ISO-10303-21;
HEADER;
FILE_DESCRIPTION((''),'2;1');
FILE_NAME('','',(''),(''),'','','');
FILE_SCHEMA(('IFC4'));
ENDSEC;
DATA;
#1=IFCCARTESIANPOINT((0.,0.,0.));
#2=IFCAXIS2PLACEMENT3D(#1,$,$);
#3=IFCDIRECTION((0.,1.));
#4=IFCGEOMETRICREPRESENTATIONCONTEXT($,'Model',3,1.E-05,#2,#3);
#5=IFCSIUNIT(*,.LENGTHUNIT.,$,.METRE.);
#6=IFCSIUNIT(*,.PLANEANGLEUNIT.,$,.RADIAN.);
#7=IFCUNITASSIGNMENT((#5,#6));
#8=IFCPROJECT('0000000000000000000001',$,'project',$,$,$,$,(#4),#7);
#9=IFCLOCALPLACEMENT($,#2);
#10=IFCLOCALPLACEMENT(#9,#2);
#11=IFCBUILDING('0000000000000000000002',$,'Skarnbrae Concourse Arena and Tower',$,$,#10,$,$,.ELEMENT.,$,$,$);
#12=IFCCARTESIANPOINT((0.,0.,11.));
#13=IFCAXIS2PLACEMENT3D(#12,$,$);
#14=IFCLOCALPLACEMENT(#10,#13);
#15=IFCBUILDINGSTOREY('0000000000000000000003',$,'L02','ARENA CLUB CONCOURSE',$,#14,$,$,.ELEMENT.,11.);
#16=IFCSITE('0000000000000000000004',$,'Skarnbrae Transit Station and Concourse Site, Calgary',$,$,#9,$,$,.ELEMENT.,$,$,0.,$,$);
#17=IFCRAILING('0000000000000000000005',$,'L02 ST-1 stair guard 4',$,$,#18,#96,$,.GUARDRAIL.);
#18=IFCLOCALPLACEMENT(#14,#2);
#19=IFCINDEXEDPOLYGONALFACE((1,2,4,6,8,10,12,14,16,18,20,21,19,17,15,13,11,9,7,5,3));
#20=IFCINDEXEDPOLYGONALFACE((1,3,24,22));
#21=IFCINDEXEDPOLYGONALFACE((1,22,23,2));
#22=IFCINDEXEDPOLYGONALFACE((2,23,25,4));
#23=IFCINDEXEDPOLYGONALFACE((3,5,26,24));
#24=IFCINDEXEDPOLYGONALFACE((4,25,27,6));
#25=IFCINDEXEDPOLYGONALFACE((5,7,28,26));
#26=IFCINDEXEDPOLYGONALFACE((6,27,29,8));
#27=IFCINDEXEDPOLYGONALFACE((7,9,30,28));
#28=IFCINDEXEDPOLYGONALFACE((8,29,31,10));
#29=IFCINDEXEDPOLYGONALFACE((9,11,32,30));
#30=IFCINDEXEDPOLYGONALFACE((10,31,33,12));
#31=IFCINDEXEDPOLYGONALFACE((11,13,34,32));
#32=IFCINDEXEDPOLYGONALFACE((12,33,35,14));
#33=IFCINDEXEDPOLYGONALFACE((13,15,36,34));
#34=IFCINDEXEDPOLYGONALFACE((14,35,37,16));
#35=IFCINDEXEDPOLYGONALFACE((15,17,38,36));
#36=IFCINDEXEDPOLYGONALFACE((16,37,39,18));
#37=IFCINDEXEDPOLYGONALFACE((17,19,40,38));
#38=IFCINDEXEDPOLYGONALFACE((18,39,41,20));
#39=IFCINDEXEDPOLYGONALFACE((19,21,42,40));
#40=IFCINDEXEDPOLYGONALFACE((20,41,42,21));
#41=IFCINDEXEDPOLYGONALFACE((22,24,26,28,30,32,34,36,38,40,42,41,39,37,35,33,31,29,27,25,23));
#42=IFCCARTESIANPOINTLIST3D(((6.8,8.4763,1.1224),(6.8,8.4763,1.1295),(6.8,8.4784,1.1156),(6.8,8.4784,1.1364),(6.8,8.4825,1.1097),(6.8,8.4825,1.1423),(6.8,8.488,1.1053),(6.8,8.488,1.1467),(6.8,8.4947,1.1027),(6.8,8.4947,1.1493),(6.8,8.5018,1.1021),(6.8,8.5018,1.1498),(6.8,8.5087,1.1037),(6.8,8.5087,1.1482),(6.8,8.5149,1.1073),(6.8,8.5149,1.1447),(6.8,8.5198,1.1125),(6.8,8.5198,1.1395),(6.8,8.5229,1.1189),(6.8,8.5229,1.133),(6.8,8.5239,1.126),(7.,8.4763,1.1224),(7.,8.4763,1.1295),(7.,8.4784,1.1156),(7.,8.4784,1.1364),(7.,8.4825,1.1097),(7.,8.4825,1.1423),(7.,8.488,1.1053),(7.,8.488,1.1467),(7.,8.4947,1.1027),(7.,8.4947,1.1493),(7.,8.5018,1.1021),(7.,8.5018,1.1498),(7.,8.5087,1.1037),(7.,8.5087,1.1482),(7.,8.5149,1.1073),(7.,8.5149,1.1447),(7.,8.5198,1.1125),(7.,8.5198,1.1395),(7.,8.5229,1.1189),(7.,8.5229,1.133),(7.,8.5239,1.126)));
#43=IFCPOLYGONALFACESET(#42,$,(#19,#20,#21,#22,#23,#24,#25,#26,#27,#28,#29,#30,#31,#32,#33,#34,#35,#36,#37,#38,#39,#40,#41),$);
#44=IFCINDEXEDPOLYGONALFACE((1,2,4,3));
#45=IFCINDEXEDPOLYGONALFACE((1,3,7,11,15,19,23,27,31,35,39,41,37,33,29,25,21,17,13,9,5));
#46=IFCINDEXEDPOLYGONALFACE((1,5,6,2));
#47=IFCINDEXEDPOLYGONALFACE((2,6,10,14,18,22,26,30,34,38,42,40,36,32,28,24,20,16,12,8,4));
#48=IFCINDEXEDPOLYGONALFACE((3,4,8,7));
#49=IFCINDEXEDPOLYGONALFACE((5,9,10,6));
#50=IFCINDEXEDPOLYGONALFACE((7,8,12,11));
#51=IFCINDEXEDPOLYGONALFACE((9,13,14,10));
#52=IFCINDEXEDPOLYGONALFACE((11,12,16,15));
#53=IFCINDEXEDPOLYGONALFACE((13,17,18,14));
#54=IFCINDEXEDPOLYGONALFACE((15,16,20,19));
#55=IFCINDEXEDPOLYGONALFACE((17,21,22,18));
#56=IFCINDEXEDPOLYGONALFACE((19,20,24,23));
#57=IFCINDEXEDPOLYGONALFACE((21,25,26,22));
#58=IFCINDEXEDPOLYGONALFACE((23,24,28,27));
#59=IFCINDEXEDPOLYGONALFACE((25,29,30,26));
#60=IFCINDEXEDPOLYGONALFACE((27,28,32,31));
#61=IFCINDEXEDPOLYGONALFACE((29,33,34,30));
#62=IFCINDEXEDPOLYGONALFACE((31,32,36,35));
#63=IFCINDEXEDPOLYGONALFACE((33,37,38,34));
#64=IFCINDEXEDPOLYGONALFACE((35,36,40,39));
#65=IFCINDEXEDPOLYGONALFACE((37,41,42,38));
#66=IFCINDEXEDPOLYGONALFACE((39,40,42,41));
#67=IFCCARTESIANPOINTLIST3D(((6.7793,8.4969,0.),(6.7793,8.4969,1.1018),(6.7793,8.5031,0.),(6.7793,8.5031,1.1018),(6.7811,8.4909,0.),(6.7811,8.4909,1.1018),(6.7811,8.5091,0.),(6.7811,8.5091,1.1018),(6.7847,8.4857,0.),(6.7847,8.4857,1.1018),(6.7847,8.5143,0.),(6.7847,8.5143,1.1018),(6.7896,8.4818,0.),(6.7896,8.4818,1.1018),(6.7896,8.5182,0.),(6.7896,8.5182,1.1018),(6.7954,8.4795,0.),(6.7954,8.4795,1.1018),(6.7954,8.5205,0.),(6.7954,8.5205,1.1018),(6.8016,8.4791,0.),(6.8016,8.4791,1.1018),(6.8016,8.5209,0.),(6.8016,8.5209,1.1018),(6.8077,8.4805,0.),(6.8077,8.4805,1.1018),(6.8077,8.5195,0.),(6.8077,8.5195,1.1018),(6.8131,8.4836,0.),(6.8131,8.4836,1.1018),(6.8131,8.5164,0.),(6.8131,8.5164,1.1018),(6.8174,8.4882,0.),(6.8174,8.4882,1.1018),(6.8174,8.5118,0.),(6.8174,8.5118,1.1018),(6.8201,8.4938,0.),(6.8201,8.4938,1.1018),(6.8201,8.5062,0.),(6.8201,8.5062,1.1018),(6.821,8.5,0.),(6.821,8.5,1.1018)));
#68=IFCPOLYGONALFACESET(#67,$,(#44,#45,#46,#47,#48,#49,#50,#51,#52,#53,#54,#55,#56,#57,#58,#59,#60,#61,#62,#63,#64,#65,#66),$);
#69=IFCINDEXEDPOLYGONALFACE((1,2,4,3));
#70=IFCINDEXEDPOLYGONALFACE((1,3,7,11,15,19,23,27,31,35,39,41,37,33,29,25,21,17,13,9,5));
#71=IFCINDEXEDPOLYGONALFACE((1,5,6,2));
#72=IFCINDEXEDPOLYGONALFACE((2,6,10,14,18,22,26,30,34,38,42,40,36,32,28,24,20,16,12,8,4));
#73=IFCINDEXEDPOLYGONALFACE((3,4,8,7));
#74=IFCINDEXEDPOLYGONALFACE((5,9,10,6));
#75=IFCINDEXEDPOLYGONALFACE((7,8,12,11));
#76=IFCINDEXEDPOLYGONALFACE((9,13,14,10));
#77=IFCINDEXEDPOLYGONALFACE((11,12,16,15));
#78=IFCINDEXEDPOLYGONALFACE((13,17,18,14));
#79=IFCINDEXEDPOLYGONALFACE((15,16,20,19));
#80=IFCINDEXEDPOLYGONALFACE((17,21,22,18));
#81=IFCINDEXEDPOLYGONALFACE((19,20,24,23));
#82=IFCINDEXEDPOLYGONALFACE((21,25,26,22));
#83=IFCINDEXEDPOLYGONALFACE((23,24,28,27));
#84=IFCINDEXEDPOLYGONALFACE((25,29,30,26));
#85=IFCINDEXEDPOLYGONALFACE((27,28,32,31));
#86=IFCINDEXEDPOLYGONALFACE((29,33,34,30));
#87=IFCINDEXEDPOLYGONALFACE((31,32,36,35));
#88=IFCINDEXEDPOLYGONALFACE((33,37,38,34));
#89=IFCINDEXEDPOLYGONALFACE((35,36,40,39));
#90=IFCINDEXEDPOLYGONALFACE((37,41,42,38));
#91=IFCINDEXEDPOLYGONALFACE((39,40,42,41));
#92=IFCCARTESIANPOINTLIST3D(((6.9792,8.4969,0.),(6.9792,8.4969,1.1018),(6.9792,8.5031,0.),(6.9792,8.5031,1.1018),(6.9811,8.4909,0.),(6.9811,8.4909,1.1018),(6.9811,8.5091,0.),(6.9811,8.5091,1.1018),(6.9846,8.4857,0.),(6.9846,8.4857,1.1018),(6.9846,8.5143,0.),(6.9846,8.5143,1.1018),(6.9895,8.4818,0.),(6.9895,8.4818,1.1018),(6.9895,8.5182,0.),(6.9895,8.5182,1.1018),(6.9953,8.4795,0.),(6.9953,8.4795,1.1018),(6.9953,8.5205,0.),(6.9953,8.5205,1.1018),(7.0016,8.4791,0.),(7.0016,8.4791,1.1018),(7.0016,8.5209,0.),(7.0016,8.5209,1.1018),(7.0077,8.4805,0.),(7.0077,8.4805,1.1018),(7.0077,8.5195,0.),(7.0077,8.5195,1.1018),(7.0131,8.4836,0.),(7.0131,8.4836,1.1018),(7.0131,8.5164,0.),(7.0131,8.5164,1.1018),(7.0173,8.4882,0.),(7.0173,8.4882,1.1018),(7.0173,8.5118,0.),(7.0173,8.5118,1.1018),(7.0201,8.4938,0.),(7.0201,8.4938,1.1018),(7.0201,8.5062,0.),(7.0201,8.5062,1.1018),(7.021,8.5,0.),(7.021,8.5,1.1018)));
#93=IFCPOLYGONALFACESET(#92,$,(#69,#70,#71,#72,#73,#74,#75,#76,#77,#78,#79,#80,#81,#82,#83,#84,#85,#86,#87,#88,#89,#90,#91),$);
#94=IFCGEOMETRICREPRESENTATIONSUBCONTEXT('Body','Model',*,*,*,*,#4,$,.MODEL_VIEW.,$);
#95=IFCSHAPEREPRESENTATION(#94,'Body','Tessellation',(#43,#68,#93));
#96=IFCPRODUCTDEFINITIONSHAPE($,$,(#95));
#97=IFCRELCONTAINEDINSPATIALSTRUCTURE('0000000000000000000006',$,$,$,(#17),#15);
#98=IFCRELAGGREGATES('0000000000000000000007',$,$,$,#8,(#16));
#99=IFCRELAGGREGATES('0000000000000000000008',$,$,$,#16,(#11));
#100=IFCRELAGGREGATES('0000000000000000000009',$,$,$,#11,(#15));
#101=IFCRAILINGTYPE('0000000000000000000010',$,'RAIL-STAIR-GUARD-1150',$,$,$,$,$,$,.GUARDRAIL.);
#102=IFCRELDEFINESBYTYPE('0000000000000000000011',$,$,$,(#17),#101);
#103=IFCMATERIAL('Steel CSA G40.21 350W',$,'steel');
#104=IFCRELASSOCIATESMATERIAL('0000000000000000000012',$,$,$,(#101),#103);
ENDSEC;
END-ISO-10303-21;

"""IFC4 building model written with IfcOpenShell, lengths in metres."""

from ifc_helpers import new_model, si_unit, direction, frame, origin, origin_2d, place, context, subcontext, project, spatial, circle, extrude, material, type_object, element, save


model = new_model("IFC4")

# Units and contexts
model_context = context("Model", 3, precision=1e-05, world=origin(), true_north=direction((0.0, 1.0)))
body_context = subcontext(model_context, "Body", "Model", "MODEL_VIEW")
ifc_project = project(units=[si_unit("LENGTHUNIT", "METRE"), si_unit("PLANEANGLEUNIT", "RADIAN")], contexts=[model_context])

# Site, building, storey
site_placement = place(None, origin())
site = spatial("IfcSite", under=ifc_project, at=site_placement, Name="Skarnbrae Transit Station and Concourse Site, Calgary", CompositionType="ELEMENT", RefElevation=0.0)
building_placement = place(site_placement, origin())
building = spatial("IfcBuilding", under=site, at=building_placement, Name="Skarnbrae Concourse Arena and Tower", CompositionType="ELEMENT")
storey_placement = place(building_placement, frame((0.0, 0.0, 11.0)))
storey = spatial("IfcBuildingStorey", under=building, at=storey_placement, Name="L02", Description="ARENA CLUB CONCOURSE", CompositionType="ELEMENT", Elevation=11.0)

# Shared definitions
ifc_material_1 = material(Name="Steel CSA G40.21 350W", Category="steel")

# Railing
railing_type_1 = type_object("IfcRailingType", Name="RAIL-STAIR-GUARD-1150", PredefinedType="GUARDRAIL", material=ifc_material_1)
railing_1_placement = place(storey_placement, frame((6.8, 8.5, 0.0)))
element("IfcRailing", 1, at=railing_1_placement, inside=storey, type_object=railing_type_1, Name="L02 ST-1 stair guard 4", PredefinedType="GUARDRAIL", context=body_context, shape_type="SweptSolid", body=[
    extrude(circle(Radius=0.0239, at=origin_2d()), frame((0.0, 0.0, 1.126), z_axis=(1.0, 0.0, 0.0), x_axis=(0.0, 1.0, 0.0)), (0.0, 0.0, 1.0), 0.2),
    extrude(circle(Radius=0.021, at=origin_2d()), origin(), (0.0, 0.0, 1.0), 1.1018),
    extrude(circle(Radius=0.021, at=origin_2d()), frame((0.2, 0.0, 0.0)), (0.0, 0.0, 1.0), 1.1018),
])

save(model, "model.ifc")
